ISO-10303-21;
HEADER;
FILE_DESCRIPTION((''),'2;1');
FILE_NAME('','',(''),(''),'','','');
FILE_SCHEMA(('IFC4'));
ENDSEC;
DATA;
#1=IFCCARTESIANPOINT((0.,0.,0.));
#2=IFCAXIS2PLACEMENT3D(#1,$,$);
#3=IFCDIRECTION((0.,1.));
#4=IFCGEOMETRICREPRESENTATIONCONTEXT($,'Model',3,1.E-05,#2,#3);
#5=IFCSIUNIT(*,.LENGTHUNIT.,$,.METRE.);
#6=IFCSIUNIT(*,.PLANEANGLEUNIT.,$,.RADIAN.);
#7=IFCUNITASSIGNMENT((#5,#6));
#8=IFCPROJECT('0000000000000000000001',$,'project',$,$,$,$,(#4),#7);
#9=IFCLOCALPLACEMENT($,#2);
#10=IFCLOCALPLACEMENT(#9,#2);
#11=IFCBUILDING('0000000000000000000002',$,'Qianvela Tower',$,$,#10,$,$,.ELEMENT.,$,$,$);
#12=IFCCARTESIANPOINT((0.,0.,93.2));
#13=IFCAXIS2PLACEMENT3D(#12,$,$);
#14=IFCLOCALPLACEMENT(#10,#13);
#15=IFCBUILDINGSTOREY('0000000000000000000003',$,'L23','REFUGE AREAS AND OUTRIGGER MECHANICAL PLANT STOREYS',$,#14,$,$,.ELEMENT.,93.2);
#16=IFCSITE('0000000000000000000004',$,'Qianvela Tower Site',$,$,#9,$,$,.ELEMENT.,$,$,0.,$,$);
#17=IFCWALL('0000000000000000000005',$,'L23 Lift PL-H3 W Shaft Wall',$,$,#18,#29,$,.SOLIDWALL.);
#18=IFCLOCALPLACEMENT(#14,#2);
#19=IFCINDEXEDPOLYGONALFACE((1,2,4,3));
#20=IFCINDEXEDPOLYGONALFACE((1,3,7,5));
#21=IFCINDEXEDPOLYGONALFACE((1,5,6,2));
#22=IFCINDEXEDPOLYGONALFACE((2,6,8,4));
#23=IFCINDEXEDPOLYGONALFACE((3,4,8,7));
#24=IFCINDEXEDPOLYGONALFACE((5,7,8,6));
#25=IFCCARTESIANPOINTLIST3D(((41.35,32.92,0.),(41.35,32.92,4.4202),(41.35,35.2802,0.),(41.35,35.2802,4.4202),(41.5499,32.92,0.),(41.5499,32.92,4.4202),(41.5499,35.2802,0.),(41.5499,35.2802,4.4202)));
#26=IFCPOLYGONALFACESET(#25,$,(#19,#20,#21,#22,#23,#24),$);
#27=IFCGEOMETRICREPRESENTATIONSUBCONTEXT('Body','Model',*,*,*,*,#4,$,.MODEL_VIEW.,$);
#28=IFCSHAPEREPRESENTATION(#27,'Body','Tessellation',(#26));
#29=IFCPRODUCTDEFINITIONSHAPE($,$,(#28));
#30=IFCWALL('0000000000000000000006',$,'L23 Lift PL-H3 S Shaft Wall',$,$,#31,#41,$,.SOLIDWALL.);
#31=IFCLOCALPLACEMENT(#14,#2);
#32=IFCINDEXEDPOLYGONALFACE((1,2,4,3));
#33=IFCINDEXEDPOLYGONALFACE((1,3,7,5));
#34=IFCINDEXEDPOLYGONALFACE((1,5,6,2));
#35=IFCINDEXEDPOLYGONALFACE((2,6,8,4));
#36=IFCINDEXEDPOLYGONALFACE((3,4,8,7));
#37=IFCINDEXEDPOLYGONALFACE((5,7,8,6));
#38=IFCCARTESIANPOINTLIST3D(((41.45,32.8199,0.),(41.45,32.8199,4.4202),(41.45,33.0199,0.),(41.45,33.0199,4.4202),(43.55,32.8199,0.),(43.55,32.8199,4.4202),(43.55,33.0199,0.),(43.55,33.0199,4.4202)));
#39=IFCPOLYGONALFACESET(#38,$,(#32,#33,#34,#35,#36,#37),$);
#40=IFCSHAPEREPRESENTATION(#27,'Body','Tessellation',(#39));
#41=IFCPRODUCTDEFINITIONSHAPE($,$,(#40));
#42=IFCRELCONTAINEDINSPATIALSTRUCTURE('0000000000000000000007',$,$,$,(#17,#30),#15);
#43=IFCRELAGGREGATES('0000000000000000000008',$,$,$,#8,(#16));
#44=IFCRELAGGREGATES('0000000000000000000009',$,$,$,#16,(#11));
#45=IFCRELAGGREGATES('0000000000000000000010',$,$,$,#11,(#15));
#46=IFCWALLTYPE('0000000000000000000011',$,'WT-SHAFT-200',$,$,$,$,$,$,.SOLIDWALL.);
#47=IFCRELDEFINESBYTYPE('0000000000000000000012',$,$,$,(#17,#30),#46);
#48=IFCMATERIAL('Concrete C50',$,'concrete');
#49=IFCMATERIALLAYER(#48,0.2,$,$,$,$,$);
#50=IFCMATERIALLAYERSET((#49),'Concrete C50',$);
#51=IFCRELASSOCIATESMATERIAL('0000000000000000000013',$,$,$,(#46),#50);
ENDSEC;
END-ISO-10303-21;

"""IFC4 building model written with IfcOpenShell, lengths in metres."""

from ifc_helpers import new_model, si_unit, direction, frame, frame_2d, origin, place, context, subcontext, project, spatial, rectangle, extrude, material, layer, layer_set, type_object, element, save


model = new_model("IFC4")

# Units and contexts
model_context = context("Model", 3, precision=1e-05, world=origin(), true_north=direction((0.0, 1.0)))
body_context = subcontext(model_context, "Body", "Model", "MODEL_VIEW")
ifc_project = project(units=[si_unit("LENGTHUNIT", "METRE"), si_unit("PLANEANGLEUNIT", "RADIAN")], contexts=[model_context])

# Site, building, storey
site_placement = place(None, origin())
site = spatial("IfcSite", under=ifc_project, at=site_placement, Name="Qianvela Tower Site", CompositionType="ELEMENT", RefElevation=0.0)
building_placement = place(site_placement, origin())
building = spatial("IfcBuilding", under=site, at=building_placement, Name="Qianvela Tower", CompositionType="ELEMENT")
storey_placement = place(building_placement, frame((0.0, 0.0, 93.2)))
storey = spatial("IfcBuildingStorey", under=building, at=storey_placement, Name="L23", Description="REFUGE AREAS AND OUTRIGGER MECHANICAL PLANT STOREYS", CompositionType="ELEMENT", Elevation=93.2)

# Shared definitions
ifc_material_1 = material(Name="Concrete C50", Category="concrete")
ifc_layer_1 = layer(ifc_material_1, 0.2)
ifc_layer_set_1 = layer_set([ifc_layer_1], Name="Concrete C50")
wall_type_1 = type_object("IfcWallType", Name="WT-SHAFT-200", PredefinedType="SOLIDWALL", material=ifc_layer_set_1)

# Walls
for number, where, z_axis, x_axis, name in (
    (1, (41.45, 32.9199, 0.0), (0.0, 0.0, 1.0), (0.0, 1.0, 0.0), "L23 Lift PL-H3 W Shaft Wall"),
):
    element("IfcWall", number, at=place(storey_placement, frame(where, z_axis=z_axis, x_axis=x_axis)), inside=storey, type_object=wall_type_1, Name=name, PredefinedType="SOLIDWALL", context=body_context, shape_type="SweptSolid", body=[
        extrude(rectangle(XDim=2.3601, YDim=0.2, at=frame_2d((1.1802, 0.0))), origin(), (0.0, 0.0, 1.0), 4.4202),
    ])
wall_1_placement = place(storey_placement, frame((41.45, 32.9199, 0.0), z_axis=(0.0, 0.0, 1.0), x_axis=(1.0, 0.0, 0.0)))
element("IfcWall", 2, at=wall_1_placement, inside=storey, type_object=wall_type_1, Name="L23 Lift PL-H3 S Shaft Wall", PredefinedType="SOLIDWALL", context=body_context, shape_type="SweptSolid", body=[
    extrude(rectangle(XDim=2.1001, YDim=0.2, at=frame_2d((1.05, 0.0))), origin(), (0.0, 0.0, 1.0), 4.4202),
])

save(model, "model.ifc")
